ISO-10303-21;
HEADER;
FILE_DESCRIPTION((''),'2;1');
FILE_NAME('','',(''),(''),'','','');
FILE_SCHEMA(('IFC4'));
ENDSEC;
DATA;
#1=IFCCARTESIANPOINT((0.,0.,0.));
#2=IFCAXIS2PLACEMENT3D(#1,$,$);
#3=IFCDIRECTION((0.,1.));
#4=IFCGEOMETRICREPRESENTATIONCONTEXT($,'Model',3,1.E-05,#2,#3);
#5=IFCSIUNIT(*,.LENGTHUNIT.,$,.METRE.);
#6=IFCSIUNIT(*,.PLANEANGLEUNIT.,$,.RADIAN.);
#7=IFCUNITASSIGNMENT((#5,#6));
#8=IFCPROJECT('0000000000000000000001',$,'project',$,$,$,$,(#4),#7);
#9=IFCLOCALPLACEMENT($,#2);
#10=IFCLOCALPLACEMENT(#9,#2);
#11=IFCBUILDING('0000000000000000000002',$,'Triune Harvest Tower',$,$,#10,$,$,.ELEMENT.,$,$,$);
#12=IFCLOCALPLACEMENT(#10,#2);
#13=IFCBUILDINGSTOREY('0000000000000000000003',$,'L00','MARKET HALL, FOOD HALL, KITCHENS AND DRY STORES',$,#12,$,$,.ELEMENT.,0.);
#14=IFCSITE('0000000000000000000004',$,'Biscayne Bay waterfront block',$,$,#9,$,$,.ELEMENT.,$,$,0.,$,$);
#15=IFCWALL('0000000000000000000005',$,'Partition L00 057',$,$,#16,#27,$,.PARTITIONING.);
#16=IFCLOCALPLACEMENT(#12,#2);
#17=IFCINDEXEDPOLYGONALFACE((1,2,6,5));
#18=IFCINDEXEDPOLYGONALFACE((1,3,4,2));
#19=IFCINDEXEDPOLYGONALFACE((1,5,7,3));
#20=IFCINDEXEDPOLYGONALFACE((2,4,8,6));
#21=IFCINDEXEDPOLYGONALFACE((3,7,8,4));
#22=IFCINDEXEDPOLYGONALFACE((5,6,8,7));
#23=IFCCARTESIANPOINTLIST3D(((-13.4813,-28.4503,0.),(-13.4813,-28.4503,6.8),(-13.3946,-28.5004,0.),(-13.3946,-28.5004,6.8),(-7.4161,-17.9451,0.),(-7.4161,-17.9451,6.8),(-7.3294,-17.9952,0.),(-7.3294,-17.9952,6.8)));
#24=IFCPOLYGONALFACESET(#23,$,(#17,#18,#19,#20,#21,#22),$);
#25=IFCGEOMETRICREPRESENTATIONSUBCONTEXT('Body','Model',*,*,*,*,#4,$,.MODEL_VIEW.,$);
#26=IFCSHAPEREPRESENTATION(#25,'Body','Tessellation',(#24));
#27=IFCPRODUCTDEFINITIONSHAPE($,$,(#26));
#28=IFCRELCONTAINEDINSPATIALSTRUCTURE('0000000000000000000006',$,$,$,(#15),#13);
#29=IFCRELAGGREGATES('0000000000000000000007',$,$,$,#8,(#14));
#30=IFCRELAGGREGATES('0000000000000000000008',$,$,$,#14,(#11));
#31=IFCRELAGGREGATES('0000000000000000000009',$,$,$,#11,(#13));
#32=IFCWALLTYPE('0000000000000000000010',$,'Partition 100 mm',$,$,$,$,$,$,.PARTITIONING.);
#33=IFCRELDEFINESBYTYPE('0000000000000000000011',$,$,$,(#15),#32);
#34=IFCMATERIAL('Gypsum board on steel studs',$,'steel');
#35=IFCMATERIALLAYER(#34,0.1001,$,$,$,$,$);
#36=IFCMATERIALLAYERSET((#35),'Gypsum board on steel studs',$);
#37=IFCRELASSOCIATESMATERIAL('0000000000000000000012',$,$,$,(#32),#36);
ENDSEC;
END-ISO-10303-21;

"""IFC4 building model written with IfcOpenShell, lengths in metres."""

from ifc_helpers import new_model, si_unit, direction, frame, frame_2d, origin, place, context, subcontext, project, spatial, rectangle, extrude, material, layer, layer_set, type_object, element, save


model = new_model("IFC4")

# Units and contexts
model_context = context("Model", 3, precision=1e-05, world=origin(), true_north=direction((0.0, 1.0)))
body_context = subcontext(model_context, "Body", "Model", "MODEL_VIEW")
ifc_project = project(units=[si_unit("LENGTHUNIT", "METRE"), si_unit("PLANEANGLEUNIT", "RADIAN")], contexts=[model_context])

# Site, building, storey
site_placement = place(None, origin())
site = spatial("IfcSite", under=ifc_project, at=site_placement, Name="Biscayne Bay waterfront block", CompositionType="ELEMENT", RefElevation=0.0)
building_placement = place(site_placement, origin())
building = spatial("IfcBuilding", under=site, at=building_placement, Name="Triune Harvest Tower", CompositionType="ELEMENT")
storey_placement = place(building_placement, origin())
storey = spatial("IfcBuildingStorey", under=building, at=storey_placement, Name="L00", Description="MARKET HALL, FOOD HALL, KITCHENS AND DRY STORES", CompositionType="ELEMENT", Elevation=0.0)

# Wall
ifc_material_1 = material(Name="Gypsum board on steel studs", Category="steel")
ifc_layer_1 = layer(ifc_material_1, 0.1001)
ifc_layer_set_1 = layer_set([ifc_layer_1], Name="Gypsum board on steel studs")
wall_type_1 = type_object("IfcWallType", Name="Partition 100 mm", PredefinedType="PARTITIONING", material=ifc_layer_set_1)
wall_1_placement = place(storey_placement, frame((-13.438, -28.4753, 0.0), z_axis=(0.0, 0.0, 1.0), x_axis=(0.500003, 0.866024, 0.0)))
element("IfcWall", 1, at=wall_1_placement, inside=storey, type_object=wall_type_1, Name="Partition L00 057", PredefinedType="PARTITIONING", context=body_context, shape_type="SweptSolid", body=[
    extrude(rectangle(XDim=12.1304, YDim=0.1001, at=frame_2d((6.0652, 0.0))), origin(), (0.0, 0.0, 1.0), 6.8),
])

save(model, "model.ifc")
